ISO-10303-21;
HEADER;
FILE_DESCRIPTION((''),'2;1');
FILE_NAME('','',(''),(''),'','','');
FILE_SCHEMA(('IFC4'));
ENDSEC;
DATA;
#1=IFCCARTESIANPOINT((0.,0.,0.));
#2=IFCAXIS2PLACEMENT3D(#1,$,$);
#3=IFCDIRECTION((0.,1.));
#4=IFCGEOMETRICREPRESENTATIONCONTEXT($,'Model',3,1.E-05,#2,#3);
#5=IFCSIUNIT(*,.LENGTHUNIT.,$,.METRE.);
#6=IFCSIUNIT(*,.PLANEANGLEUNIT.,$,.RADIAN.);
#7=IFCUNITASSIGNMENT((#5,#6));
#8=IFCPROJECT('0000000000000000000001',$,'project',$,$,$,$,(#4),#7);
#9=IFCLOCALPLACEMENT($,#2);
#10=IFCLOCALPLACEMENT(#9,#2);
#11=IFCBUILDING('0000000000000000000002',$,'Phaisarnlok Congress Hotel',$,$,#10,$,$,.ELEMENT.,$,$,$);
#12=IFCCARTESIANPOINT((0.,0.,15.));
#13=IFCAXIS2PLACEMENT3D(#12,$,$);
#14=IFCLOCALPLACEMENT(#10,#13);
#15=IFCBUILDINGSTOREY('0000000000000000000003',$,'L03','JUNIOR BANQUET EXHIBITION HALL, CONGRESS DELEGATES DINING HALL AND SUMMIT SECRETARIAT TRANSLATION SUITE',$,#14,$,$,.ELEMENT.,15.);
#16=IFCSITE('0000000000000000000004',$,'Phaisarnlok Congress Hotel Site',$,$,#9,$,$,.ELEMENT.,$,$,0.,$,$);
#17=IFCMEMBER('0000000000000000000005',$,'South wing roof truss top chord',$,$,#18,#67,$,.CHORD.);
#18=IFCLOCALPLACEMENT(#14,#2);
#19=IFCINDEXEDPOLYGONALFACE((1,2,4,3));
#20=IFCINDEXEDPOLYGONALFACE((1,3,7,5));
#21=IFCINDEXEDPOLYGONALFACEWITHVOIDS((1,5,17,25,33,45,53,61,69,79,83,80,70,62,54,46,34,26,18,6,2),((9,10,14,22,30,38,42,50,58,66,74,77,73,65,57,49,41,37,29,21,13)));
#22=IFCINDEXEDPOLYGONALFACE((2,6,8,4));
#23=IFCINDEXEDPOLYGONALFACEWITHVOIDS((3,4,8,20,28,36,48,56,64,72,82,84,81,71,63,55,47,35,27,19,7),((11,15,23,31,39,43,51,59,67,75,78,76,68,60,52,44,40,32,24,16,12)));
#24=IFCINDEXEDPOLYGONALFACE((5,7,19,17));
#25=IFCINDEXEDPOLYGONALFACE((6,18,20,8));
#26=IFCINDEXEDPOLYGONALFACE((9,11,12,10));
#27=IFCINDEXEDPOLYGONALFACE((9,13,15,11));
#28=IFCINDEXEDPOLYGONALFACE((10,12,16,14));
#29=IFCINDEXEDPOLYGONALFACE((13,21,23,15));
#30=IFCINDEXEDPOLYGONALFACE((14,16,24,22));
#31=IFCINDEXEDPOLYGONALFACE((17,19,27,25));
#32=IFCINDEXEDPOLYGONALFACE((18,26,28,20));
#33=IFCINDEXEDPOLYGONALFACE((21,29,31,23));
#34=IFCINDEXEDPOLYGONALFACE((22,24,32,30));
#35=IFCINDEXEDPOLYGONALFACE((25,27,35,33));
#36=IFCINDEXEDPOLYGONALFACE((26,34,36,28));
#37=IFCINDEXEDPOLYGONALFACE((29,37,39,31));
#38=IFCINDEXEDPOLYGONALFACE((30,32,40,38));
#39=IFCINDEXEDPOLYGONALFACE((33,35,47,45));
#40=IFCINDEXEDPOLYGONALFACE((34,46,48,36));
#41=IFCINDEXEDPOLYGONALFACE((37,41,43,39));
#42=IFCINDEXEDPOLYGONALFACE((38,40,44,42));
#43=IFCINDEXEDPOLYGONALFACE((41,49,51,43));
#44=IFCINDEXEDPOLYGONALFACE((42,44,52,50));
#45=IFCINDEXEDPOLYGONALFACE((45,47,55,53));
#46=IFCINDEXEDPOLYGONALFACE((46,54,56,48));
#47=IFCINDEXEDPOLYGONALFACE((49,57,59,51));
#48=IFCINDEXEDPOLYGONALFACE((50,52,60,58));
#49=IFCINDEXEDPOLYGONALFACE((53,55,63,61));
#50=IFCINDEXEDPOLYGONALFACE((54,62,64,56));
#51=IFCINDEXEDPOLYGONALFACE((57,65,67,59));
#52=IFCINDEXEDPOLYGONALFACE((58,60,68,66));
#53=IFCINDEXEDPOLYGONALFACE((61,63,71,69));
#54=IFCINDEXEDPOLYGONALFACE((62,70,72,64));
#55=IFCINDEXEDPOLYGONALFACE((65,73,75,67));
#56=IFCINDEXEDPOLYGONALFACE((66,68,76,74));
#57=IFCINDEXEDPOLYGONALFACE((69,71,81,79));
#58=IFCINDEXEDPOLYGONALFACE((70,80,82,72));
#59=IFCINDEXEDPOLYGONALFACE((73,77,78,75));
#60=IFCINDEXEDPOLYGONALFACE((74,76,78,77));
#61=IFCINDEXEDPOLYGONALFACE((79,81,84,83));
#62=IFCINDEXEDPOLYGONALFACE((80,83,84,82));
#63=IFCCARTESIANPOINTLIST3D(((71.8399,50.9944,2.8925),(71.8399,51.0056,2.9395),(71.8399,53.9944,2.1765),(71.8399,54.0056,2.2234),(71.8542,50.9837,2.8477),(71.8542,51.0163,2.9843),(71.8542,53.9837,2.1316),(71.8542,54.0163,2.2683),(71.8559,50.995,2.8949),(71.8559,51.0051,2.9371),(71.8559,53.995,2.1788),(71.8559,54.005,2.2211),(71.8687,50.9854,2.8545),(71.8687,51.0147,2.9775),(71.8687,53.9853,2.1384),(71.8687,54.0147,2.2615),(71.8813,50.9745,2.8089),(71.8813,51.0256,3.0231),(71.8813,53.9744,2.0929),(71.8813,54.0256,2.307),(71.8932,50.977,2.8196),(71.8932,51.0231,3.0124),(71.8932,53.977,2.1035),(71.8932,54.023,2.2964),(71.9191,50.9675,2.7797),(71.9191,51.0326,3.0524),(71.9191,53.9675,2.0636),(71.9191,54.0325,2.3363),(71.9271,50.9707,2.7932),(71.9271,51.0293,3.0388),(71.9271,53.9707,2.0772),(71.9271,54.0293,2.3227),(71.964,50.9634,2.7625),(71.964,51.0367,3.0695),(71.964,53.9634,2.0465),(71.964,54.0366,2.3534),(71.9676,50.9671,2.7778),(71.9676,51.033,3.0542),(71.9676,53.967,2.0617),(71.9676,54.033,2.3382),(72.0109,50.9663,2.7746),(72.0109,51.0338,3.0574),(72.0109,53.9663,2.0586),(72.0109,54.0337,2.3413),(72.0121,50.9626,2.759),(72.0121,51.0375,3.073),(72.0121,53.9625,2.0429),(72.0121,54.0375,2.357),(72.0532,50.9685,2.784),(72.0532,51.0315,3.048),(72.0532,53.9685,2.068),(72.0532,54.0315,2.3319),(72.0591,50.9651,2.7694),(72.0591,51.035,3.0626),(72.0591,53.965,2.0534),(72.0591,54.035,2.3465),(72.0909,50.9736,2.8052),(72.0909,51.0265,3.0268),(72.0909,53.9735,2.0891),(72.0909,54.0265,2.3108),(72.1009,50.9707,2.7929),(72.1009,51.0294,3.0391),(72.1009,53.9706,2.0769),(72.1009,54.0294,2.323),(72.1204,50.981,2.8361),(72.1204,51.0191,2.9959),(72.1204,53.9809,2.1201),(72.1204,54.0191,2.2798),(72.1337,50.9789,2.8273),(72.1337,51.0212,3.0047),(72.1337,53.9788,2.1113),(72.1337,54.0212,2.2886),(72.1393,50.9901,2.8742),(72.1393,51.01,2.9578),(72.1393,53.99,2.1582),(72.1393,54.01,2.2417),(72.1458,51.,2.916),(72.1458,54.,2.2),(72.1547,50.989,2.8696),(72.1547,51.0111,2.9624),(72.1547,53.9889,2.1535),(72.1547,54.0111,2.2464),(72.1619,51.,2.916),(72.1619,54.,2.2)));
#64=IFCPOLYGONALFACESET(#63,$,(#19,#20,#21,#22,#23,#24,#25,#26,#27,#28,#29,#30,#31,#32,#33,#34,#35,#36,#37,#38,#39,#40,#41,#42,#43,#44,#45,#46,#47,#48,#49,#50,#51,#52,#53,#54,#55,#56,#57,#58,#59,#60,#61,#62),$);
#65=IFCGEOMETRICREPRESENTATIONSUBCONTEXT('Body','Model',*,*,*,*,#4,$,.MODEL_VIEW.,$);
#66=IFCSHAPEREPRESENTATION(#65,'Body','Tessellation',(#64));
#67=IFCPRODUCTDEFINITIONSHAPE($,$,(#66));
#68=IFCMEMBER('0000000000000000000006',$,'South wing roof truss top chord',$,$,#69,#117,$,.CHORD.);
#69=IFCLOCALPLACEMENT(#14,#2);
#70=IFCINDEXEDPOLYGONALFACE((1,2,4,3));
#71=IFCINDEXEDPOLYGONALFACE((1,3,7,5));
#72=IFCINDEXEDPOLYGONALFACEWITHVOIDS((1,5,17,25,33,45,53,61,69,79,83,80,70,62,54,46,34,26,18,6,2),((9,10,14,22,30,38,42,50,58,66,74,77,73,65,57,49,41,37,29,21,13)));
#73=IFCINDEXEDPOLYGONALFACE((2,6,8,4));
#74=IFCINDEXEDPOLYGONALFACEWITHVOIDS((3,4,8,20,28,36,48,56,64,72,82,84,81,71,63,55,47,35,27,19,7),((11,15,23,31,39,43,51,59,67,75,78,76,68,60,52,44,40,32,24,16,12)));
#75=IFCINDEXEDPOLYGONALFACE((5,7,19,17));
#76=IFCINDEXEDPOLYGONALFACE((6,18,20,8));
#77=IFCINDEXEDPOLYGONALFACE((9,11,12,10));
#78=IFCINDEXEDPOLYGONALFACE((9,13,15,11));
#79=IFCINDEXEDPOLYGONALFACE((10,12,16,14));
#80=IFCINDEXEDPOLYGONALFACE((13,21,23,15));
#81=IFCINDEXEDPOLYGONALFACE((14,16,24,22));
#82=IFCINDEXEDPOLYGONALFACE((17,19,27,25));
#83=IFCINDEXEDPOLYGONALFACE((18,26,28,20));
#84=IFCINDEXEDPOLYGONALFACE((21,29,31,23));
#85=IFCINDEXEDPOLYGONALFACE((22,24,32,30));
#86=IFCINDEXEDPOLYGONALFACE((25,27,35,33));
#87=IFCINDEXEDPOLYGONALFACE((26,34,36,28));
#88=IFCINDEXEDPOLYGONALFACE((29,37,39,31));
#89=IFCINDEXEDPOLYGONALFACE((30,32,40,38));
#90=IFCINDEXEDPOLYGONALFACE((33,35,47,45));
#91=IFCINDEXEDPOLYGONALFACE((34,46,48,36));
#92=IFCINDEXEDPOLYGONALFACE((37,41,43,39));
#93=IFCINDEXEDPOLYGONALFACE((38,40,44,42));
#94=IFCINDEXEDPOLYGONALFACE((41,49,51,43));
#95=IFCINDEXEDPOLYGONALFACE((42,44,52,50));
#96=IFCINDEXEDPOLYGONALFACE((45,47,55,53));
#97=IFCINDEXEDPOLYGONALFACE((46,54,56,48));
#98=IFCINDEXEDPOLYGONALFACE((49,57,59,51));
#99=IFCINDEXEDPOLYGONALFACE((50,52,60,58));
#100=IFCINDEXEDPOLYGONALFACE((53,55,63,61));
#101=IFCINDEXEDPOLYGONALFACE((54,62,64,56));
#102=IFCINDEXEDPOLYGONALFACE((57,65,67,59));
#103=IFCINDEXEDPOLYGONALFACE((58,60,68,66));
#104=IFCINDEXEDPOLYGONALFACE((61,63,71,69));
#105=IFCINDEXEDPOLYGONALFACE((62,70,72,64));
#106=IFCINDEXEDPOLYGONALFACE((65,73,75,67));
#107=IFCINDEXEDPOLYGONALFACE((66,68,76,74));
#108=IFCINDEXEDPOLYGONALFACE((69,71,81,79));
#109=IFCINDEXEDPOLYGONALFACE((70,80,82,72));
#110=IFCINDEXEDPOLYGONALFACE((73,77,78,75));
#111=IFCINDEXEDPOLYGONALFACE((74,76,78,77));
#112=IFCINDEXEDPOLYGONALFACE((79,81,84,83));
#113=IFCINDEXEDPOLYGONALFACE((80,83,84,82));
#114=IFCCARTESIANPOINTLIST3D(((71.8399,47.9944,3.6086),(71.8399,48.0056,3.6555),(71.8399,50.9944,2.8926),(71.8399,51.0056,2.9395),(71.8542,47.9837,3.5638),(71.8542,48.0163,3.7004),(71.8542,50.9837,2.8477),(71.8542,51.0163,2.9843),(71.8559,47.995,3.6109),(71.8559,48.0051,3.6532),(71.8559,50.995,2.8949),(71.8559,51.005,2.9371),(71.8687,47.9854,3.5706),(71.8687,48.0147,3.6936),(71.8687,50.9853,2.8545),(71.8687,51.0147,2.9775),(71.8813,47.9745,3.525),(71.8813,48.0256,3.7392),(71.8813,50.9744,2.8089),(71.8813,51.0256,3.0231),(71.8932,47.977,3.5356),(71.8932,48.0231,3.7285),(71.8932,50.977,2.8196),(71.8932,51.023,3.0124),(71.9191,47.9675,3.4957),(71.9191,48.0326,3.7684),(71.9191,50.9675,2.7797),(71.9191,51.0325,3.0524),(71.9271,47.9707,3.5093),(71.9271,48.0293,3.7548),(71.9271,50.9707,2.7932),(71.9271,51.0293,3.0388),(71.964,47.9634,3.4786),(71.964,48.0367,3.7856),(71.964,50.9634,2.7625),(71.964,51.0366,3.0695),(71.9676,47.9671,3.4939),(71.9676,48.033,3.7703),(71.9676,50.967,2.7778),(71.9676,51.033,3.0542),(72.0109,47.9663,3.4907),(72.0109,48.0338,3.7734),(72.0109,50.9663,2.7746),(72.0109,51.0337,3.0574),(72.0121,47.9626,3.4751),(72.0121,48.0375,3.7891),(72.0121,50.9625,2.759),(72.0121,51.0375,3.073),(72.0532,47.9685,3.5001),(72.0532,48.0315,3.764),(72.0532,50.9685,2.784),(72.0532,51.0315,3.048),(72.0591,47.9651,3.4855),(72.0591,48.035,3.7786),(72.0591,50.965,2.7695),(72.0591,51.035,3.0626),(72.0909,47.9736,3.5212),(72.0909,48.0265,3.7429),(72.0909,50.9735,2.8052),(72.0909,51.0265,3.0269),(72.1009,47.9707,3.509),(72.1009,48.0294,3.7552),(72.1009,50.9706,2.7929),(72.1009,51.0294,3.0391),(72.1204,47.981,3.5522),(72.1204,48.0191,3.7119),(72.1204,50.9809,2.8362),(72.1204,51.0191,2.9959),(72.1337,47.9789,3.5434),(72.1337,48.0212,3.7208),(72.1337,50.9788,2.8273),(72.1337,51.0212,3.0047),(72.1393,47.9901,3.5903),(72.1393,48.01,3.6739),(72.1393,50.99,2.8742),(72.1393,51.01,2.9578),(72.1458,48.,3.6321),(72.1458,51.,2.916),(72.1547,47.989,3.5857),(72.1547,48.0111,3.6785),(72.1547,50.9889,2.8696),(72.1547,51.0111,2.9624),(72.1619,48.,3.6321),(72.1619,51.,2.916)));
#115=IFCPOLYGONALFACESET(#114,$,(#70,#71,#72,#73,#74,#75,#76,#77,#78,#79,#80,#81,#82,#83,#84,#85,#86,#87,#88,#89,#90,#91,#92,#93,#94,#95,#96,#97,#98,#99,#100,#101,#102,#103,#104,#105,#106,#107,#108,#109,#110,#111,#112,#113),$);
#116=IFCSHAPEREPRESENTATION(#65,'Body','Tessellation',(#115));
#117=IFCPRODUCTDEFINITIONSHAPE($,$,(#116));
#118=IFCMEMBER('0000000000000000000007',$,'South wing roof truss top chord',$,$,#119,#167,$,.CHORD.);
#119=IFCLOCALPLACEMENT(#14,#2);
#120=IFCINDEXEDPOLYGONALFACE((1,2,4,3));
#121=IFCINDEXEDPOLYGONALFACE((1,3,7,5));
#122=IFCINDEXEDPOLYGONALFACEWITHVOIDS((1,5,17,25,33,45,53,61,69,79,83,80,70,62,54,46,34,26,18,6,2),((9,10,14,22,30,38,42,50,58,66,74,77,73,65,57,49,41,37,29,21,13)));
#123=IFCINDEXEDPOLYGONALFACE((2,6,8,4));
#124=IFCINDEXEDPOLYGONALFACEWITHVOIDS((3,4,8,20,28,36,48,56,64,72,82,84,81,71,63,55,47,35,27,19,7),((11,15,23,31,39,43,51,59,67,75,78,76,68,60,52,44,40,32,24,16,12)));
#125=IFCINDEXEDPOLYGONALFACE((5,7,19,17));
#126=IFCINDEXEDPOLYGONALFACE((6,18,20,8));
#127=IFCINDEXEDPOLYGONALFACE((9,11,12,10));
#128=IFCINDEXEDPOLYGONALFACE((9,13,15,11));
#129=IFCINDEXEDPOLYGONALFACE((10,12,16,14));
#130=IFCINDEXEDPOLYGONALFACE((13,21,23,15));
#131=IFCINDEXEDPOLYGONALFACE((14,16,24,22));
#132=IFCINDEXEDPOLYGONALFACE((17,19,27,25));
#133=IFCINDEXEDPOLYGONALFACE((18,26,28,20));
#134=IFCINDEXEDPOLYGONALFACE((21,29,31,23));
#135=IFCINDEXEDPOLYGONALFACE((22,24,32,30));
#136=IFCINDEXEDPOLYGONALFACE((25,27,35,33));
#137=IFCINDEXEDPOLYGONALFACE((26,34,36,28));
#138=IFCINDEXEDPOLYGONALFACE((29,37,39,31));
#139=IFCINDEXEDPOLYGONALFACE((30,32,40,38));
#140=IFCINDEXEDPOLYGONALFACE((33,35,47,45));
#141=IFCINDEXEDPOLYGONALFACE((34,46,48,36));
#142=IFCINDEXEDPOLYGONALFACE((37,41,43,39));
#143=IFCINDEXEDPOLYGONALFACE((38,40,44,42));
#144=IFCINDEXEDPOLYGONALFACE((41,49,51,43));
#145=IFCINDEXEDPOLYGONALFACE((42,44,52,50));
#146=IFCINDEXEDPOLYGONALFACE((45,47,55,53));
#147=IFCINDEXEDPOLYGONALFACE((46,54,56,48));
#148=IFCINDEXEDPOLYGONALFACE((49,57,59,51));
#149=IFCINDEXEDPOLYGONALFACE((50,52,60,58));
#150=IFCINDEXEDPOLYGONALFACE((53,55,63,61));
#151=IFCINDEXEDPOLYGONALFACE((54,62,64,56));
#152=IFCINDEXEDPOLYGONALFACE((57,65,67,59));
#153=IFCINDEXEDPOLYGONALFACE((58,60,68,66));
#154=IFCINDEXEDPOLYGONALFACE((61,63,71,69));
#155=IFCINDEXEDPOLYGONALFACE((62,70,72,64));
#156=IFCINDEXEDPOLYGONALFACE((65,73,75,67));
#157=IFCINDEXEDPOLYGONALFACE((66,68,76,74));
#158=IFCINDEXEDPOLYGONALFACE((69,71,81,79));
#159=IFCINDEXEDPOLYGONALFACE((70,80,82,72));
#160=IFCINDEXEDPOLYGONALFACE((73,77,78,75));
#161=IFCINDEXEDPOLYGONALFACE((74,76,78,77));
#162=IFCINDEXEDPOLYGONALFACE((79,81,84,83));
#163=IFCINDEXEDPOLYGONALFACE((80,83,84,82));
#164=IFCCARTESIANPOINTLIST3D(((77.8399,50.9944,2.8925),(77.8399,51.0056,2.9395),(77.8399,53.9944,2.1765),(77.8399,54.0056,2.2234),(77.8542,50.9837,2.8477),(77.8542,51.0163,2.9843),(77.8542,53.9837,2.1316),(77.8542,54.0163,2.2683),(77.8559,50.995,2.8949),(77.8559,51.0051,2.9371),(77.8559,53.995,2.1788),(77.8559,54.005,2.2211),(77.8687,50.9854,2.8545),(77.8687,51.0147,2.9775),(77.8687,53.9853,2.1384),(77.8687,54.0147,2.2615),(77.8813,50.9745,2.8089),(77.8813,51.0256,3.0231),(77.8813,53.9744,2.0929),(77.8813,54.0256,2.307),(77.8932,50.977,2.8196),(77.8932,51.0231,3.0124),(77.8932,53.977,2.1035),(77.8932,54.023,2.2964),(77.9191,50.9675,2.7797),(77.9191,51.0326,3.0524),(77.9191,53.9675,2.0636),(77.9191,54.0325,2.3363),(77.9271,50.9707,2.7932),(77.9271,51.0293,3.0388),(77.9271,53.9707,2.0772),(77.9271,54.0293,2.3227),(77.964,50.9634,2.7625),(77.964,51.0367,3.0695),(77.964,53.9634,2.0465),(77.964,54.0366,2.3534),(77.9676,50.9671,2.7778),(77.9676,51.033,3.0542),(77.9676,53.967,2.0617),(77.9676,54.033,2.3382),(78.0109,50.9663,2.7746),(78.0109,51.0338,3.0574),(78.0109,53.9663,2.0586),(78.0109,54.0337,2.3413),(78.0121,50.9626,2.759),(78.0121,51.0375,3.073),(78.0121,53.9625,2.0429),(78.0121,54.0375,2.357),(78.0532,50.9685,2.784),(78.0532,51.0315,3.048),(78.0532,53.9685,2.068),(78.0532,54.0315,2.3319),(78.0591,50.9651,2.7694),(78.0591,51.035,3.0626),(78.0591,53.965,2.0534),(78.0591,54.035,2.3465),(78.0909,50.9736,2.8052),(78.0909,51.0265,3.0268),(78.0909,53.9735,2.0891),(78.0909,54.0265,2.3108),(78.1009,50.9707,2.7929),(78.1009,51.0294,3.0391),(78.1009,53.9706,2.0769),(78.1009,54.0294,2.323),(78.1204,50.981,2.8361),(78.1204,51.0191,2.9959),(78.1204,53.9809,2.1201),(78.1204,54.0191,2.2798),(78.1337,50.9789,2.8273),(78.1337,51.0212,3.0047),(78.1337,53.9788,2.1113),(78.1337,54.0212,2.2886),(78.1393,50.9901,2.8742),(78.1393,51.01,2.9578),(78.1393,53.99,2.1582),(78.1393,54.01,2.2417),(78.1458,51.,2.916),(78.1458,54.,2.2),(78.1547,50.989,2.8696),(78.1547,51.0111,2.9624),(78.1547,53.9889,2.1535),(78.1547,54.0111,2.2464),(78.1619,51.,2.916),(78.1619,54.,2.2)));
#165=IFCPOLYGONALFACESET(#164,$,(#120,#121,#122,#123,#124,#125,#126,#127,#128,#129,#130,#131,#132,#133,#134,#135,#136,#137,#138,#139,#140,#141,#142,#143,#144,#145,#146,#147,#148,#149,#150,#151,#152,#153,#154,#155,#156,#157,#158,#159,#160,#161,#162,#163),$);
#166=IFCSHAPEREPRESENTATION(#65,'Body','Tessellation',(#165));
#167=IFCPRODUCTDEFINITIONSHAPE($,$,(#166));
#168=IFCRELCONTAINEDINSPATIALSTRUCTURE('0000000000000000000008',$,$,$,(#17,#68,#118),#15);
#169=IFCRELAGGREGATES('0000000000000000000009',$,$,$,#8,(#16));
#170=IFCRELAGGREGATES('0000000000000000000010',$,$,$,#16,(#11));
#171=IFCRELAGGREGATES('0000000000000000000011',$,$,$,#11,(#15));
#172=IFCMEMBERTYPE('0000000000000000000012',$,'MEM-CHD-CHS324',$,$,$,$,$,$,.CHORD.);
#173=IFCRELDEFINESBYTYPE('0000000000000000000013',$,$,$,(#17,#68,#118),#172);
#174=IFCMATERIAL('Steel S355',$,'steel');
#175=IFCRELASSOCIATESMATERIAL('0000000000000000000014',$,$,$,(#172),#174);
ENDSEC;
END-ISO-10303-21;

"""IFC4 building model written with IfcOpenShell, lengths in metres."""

from ifc_helpers import new_model, si_unit, direction, frame, origin, origin_2d, place, context, subcontext, project, spatial, hollow_circle, extrude, material, material_profile, profile_set, type_object, element, save


model = new_model("IFC4")

# Units and contexts
model_context = context("Model", 3, precision=1e-05, world=origin(), true_north=direction((0.0, 1.0)))
body_context = subcontext(model_context, "Body", "Model", "MODEL_VIEW")
ifc_project = project(units=[si_unit("LENGTHUNIT", "METRE"), si_unit("PLANEANGLEUNIT", "RADIAN")], contexts=[model_context])

# Site, building, storey
site_placement = place(None, origin())
site = spatial("IfcSite", under=ifc_project, at=site_placement, Name="Phaisarnlok Congress Hotel Site", CompositionType="ELEMENT", RefElevation=0.0)
building_placement = place(site_placement, origin())
building = spatial("IfcBuilding", under=site, at=building_placement, Name="Phaisarnlok Congress Hotel", CompositionType="ELEMENT")
storey_placement = place(building_placement, frame((0.0, 0.0, 15.0)))
storey = spatial("IfcBuildingStorey", under=building, at=storey_placement, Name="L03", Description="JUNIOR BANQUET EXHIBITION HALL, CONGRESS DELEGATES DINING HALL AND SUMMIT SECRETARIAT TRANSLATION SUITE", CompositionType="ELEMENT", Elevation=15.0)

# Shared definitions
ifc_material_1 = material(Name="Steel S355", Category="steel")

# Members
ifc_material_profile_1 = material_profile(ifc_material_1, hollow_circle(Radius=0.1619, WallThickness=0.0161, at=origin_2d()), Name="CHS 323.9x16")
ifc_profile_set_1 = profile_set([ifc_material_profile_1], Name="Steel S355")
member_type_1 = type_object("IfcMemberType", Name="MEM-CHD-CHS324", PredefinedType="CHORD", material=ifc_profile_set_1)
for number, where, z_axis, x_axis, name in (
    (1, (72.0, 54.0, 2.2), (0.0, -0.972676, 0.232166), (1.0, 0.0, 0.0), "South wing roof truss top chord"),
    (2, (72.0, 51.0, 2.916), (0.0, -0.972676, 0.232166), (1.0, 0.0, 0.0), "South wing roof truss top chord"),
    (3, (78.0, 54.0, 2.2), (0.0, -0.972676, 0.232166), (1.0, 0.0, 0.0), "South wing roof truss top chord"),
):
    element("IfcMember", number, at=place(storey_placement, frame(where, z_axis=z_axis, x_axis=x_axis)), inside=storey, type_object=member_type_1, Name=name, PredefinedType="CHORD", context=body_context, shape_type="SweptSolid", body=[
        extrude(hollow_circle(Radius=0.1619, WallThickness=0.0161, at=origin_2d()), origin(), (0.0, 0.0, 1.0), 3.0842),
    ])

save(model, "model.ifc")
